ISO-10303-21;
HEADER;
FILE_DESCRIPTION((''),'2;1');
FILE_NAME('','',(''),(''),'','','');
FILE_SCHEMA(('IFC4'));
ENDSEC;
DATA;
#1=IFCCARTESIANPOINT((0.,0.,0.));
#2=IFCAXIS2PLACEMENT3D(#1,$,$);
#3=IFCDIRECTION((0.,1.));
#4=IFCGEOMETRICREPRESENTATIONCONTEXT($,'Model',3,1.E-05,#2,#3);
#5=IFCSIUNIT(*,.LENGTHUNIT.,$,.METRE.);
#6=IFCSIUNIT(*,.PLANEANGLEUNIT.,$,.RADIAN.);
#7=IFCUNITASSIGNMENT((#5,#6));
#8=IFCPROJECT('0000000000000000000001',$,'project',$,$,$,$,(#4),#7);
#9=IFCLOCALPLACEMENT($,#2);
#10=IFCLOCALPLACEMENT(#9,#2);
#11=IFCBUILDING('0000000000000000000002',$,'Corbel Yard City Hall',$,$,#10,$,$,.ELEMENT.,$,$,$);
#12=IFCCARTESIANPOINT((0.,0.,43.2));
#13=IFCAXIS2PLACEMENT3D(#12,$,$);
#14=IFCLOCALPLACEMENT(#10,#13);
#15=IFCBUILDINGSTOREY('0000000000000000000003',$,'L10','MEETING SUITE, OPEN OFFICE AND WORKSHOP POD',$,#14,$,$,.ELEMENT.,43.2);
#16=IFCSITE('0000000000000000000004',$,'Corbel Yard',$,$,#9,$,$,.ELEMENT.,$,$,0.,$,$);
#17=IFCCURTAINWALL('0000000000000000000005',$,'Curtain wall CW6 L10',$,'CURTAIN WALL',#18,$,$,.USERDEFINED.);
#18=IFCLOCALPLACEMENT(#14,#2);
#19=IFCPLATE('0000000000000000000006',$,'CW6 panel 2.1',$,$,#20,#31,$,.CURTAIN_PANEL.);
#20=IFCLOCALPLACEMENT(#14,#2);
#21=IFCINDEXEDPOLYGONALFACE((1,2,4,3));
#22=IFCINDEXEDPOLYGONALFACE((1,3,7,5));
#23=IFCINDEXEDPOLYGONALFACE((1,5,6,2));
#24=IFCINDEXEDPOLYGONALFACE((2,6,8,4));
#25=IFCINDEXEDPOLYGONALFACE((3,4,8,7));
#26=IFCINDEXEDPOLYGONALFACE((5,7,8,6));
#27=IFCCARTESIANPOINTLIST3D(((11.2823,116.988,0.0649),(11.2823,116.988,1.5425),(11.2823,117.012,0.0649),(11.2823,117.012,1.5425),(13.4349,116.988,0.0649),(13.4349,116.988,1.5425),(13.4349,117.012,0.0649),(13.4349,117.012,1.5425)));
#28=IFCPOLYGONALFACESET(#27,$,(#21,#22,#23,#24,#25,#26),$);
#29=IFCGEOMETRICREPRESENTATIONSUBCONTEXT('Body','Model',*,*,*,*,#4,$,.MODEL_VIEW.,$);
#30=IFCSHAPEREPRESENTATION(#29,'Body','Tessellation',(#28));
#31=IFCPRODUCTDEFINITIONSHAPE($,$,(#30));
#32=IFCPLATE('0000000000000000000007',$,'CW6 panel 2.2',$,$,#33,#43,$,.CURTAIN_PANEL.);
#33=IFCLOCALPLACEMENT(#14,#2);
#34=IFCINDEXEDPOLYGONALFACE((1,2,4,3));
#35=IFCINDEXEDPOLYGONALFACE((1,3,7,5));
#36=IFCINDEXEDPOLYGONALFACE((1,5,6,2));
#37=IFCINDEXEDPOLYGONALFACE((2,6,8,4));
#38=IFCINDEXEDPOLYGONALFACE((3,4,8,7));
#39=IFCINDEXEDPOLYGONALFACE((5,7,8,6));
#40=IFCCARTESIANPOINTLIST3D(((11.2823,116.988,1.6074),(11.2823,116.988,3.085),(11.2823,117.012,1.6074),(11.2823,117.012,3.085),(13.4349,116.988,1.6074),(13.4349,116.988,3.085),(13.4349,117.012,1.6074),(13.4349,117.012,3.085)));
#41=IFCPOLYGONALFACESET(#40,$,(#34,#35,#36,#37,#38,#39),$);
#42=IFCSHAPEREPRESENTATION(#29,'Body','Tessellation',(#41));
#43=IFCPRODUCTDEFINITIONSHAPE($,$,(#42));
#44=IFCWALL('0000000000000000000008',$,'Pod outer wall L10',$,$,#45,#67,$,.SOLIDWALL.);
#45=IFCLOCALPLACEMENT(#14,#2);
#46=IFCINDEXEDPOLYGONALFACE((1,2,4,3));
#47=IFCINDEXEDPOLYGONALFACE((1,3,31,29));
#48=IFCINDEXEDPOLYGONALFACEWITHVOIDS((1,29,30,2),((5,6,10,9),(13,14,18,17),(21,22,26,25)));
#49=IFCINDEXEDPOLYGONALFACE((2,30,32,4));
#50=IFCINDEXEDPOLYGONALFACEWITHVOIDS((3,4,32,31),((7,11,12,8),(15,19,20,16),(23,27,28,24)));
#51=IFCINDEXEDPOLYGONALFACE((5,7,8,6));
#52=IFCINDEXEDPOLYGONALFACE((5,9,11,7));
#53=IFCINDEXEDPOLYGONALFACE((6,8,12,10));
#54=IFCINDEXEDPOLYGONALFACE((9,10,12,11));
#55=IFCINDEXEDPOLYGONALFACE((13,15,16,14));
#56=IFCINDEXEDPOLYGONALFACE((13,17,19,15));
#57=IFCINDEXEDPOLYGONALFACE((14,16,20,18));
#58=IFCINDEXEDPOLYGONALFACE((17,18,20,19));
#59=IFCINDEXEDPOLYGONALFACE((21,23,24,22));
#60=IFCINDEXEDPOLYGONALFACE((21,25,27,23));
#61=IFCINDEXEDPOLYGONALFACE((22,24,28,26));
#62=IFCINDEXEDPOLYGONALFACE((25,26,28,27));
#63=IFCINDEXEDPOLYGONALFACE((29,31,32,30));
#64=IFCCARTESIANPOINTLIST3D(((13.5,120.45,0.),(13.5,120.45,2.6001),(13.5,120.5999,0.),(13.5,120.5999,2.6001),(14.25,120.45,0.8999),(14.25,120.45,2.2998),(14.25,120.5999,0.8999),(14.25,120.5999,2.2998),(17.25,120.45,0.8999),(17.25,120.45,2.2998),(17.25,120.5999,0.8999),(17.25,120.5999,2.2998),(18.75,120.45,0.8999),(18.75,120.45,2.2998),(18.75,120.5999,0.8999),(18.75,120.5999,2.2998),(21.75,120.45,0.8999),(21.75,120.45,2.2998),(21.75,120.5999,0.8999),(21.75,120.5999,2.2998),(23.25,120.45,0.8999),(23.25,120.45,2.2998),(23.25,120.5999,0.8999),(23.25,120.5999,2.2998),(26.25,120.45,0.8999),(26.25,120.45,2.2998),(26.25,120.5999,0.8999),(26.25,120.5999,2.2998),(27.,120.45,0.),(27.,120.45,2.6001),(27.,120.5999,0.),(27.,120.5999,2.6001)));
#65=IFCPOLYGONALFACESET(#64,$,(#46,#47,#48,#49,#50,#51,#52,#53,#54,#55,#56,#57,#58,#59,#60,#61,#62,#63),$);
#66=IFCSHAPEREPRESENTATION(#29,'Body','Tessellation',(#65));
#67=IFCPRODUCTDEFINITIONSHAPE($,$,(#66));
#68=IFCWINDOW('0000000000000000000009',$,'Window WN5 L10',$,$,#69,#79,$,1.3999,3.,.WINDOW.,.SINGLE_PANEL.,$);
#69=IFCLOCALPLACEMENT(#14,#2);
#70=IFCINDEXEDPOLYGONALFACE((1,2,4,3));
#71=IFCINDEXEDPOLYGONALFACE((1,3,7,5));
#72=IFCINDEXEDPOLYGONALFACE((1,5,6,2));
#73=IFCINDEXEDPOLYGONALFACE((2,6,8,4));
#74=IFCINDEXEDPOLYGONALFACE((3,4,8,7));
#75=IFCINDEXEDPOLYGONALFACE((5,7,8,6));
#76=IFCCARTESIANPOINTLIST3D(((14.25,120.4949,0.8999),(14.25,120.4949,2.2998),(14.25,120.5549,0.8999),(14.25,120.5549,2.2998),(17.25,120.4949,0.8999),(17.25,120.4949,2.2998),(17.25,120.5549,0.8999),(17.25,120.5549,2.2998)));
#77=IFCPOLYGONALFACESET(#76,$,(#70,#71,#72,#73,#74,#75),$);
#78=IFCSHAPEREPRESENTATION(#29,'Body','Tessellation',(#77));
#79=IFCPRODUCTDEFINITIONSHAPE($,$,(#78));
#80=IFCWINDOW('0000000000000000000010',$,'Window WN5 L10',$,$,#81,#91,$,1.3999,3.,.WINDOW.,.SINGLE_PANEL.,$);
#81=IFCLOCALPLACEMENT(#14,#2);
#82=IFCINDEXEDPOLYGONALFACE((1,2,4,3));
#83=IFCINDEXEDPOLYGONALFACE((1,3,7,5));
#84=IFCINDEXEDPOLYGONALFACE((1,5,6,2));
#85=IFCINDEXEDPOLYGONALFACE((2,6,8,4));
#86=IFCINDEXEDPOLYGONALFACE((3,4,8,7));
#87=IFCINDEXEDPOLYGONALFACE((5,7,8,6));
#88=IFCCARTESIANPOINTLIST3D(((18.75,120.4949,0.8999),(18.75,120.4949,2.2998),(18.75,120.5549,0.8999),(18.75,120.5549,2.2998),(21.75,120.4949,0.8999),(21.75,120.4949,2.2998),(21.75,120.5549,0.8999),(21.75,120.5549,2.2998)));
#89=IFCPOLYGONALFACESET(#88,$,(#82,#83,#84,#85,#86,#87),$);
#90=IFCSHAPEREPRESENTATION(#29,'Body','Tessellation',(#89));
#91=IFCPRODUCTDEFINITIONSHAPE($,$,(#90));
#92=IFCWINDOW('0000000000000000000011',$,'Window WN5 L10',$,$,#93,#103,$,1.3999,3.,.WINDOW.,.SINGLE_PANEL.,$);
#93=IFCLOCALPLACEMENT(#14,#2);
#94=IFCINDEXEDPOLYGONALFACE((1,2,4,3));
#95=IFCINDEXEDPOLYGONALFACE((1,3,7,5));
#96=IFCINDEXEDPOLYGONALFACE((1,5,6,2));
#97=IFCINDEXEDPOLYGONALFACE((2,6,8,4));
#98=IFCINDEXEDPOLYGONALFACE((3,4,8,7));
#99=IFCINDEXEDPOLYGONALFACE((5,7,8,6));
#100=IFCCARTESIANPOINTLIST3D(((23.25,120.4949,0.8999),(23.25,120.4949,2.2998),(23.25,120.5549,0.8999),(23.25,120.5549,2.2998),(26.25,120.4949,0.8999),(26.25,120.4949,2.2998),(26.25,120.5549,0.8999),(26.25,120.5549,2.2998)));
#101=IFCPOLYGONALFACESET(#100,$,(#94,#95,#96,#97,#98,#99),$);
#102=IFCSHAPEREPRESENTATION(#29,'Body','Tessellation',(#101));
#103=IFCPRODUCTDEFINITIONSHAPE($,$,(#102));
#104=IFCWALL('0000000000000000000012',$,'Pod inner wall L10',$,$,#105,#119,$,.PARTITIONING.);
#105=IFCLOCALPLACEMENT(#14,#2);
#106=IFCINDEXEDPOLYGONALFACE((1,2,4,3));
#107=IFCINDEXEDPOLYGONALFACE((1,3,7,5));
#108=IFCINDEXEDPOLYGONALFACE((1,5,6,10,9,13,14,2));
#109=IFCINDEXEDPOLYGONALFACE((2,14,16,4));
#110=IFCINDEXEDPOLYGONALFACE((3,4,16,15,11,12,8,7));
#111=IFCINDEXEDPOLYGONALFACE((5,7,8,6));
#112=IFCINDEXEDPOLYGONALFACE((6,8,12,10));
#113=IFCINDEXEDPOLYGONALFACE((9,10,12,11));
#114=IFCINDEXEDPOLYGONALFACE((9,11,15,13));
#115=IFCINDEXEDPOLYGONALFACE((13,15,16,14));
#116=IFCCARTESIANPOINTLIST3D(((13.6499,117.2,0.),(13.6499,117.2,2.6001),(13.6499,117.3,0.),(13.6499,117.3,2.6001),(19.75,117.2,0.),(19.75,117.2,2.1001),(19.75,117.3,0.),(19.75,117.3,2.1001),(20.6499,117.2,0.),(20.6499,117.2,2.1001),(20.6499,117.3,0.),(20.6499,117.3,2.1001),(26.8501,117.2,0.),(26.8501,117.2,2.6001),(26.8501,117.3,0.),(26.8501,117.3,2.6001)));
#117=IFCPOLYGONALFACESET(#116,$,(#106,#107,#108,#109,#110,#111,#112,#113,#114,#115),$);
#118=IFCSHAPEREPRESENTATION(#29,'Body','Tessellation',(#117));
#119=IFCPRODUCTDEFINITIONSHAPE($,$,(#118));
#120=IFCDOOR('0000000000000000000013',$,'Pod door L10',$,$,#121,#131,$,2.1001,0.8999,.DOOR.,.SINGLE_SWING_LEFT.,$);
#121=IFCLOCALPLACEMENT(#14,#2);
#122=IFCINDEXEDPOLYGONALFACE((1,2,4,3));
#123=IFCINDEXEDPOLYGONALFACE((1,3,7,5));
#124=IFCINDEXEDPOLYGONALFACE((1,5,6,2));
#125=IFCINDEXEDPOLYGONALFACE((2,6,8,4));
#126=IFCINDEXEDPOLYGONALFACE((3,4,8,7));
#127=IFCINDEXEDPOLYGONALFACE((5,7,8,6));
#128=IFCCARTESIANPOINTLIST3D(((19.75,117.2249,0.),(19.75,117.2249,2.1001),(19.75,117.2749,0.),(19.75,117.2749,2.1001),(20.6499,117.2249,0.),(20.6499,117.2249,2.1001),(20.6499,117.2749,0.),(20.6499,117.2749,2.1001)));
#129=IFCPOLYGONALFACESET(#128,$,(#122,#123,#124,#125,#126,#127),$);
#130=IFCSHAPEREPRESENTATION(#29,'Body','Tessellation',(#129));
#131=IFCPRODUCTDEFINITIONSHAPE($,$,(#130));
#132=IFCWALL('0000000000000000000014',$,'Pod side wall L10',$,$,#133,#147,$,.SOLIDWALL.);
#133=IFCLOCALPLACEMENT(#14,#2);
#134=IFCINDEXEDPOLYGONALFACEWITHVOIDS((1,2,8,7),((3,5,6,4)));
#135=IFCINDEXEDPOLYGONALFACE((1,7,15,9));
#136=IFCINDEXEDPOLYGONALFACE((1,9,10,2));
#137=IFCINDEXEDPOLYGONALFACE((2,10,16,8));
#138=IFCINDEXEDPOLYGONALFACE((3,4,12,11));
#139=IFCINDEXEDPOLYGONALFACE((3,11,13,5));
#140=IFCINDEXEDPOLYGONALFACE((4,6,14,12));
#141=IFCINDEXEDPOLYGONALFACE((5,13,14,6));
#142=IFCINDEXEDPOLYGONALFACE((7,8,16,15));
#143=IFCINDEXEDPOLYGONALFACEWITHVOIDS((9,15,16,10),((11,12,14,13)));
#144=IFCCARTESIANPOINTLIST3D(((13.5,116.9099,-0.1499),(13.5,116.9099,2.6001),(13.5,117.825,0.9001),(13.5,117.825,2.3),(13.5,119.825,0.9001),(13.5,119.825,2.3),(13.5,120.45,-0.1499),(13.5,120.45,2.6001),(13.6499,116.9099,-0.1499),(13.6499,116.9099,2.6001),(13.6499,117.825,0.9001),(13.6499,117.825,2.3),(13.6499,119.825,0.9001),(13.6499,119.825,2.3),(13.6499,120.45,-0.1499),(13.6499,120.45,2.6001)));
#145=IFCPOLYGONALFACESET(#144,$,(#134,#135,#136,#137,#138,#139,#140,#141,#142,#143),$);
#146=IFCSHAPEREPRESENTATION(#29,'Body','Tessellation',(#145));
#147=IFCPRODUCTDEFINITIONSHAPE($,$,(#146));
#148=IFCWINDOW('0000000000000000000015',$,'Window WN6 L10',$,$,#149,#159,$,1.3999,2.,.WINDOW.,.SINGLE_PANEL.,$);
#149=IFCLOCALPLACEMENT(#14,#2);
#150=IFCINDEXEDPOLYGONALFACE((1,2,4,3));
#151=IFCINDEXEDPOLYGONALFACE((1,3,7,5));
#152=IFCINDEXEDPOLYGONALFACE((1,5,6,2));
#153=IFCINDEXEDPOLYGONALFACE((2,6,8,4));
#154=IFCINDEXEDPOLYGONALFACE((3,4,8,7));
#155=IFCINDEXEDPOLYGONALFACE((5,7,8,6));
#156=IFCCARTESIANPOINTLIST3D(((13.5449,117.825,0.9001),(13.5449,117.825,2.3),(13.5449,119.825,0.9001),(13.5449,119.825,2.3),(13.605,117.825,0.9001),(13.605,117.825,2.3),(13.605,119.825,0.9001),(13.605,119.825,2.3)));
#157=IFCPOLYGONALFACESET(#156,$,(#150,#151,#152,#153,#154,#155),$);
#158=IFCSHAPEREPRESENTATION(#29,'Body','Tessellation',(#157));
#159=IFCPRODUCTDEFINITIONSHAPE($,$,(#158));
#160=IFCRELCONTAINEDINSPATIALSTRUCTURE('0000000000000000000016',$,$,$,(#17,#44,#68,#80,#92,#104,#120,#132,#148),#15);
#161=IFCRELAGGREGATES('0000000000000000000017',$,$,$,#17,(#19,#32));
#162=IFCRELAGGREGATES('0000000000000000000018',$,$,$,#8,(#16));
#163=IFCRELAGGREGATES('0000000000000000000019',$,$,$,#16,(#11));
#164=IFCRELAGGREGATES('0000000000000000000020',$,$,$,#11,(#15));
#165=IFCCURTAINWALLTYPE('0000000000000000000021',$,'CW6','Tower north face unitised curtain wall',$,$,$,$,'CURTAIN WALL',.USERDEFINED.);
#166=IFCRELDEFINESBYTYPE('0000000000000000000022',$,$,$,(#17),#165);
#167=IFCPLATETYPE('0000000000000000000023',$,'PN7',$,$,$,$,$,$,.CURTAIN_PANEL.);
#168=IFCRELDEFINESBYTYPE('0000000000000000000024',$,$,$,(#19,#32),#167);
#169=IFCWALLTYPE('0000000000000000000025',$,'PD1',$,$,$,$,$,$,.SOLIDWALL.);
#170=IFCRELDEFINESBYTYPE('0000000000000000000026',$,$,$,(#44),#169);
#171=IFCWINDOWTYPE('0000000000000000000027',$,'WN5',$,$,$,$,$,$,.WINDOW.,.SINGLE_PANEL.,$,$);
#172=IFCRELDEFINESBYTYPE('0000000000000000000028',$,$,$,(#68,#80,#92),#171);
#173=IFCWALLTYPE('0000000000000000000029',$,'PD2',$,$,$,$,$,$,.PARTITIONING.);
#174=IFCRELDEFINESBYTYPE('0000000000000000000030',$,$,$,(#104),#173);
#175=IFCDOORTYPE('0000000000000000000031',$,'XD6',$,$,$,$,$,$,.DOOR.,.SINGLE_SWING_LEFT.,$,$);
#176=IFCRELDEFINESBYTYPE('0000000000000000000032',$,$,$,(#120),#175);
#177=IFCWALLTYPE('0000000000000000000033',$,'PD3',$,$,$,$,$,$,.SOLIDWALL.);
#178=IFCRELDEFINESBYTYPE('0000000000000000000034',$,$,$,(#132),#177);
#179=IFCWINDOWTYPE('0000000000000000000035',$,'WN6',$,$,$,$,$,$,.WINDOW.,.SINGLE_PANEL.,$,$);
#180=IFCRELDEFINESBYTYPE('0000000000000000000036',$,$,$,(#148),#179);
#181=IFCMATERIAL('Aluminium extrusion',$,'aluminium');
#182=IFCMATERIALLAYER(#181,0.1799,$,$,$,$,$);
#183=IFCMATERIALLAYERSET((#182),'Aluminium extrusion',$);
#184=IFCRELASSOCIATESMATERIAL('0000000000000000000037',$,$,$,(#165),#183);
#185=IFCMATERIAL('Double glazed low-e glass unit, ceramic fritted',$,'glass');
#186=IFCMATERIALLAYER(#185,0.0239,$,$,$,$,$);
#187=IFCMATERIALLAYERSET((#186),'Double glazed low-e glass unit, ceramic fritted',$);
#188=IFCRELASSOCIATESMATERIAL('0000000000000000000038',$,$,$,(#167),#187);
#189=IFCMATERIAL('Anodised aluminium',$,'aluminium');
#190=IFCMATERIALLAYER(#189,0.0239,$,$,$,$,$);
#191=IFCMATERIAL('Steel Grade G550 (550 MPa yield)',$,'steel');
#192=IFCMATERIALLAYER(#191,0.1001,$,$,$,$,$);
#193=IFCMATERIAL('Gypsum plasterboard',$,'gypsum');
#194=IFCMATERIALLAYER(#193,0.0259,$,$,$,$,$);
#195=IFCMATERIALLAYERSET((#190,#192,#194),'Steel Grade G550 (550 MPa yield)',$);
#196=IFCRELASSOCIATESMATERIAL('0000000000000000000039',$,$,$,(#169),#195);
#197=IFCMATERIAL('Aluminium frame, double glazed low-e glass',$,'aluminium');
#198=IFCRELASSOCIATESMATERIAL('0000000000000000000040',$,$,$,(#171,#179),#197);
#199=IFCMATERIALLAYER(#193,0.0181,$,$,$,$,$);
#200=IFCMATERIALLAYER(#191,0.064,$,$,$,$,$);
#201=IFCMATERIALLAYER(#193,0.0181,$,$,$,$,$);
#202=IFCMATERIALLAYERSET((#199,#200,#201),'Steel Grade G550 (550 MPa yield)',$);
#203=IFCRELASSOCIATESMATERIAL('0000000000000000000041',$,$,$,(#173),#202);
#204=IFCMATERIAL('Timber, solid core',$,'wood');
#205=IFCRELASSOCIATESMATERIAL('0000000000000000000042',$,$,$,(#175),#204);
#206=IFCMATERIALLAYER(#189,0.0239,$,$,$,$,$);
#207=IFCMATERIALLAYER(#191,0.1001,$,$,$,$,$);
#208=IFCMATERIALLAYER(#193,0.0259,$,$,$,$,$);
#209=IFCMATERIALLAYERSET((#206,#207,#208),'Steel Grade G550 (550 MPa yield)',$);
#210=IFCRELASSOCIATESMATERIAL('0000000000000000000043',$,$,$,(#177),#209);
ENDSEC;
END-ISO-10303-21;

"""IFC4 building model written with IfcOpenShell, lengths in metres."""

from ifc_helpers import new_model, si_unit, direction, frame, frame_2d, origin, origin_2d, place, context, subcontext, project, spatial, rectangle, extrude, material, layer, layer_set, type_object, element, fill, aggregate, save


model = new_model("IFC4")

# Units and contexts
model_context = context("Model", 3, precision=1e-05, world=origin(), true_north=direction((0.0, 1.0)))
body_context = subcontext(model_context, "Body", "Model", "MODEL_VIEW")
ifc_project = project(units=[si_unit("LENGTHUNIT", "METRE"), si_unit("PLANEANGLEUNIT", "RADIAN")], contexts=[model_context])

# Site, building, storey
site_placement = place(None, origin())
site = spatial("IfcSite", under=ifc_project, at=site_placement, Name="Corbel Yard", CompositionType="ELEMENT", RefElevation=0.0)
building_placement = place(site_placement, origin())
building = spatial("IfcBuilding", under=site, at=building_placement, Name="Corbel Yard City Hall", CompositionType="ELEMENT")
storey_placement = place(building_placement, frame((0.0, 0.0, 43.2)))
storey = spatial("IfcBuildingStorey", under=building, at=storey_placement, Name="L10", Description="MEETING SUITE, OPEN OFFICE AND WORKSHOP POD", CompositionType="ELEMENT", Elevation=43.2)

# Curtain wall
ifc_material_1 = material(Name="Aluminium extrusion", Category="aluminium")
ifc_layer_1 = layer(ifc_material_1, 0.1799)
ifc_layer_set_1 = layer_set([ifc_layer_1], Name="Aluminium extrusion")
curtain_wall_type = type_object("IfcCurtainWallType", Name="CW6", Description="Tower north face unitised curtain wall", ElementType="CURTAIN WALL", PredefinedType="USERDEFINED", material=ifc_layer_set_1)
curtain_wall_placement = place(storey_placement, origin())
curtain_wall = element("IfcCurtainWall", 1, at=curtain_wall_placement, inside=storey, type_object=curtain_wall_type, Name="Curtain wall CW6 L10", ObjectType="CURTAIN WALL", PredefinedType="USERDEFINED")

# Plates
ifc_material_2 = material(Name="Double glazed low-e glass unit, ceramic fritted", Category="glass")
ifc_layer_2 = layer(ifc_material_2, 0.0239)
ifc_layer_set_2 = layer_set([ifc_layer_2], Name="Double glazed low-e glass unit, ceramic fritted")
plate_type_1 = type_object("IfcPlateType", Name="PN7", PredefinedType="CURTAIN_PANEL", material=ifc_layer_set_2)
plate_1_placement = place(storey_placement, frame((12.3586, 117.0, 0.0649), z_axis=(0.0, 0.0, 1.0), x_axis=(1.0, 0.0, 0.0)))
plate_1 = element("IfcPlate", 2, at=plate_1_placement, type_object=plate_type_1, Name="CW6 panel 2.1", PredefinedType="CURTAIN_PANEL", context=body_context, shape_type="SweptSolid", body=[
    extrude(rectangle(XDim=2.1526, YDim=0.0239, at=origin_2d()), origin(), (0.0, 0.0, 1.0), 1.4775),
])
plate_2_placement = place(storey_placement, frame((12.3586, 117.0, 1.6074), z_axis=(0.0, 0.0, 1.0), x_axis=(1.0, 0.0, 0.0)))
plate_2 = element("IfcPlate", 3, at=plate_2_placement, type_object=plate_type_1, Name="CW6 panel 2.2", PredefinedType="CURTAIN_PANEL", context=body_context, shape_type="SweptSolid", body=[
    extrude(rectangle(XDim=2.1526, YDim=0.0239, at=origin_2d()), origin(), (0.0, 0.0, 1.0), 1.4775),
])
aggregate(curtain_wall, [plate_1, plate_2])

# Wall, openings, windows
ifc_material_3 = material(Name="Anodised aluminium", Category="aluminium")
ifc_layer_3 = layer(ifc_material_3, 0.0239)
ifc_material_4 = material(Name="Steel Grade G550 (550 MPa yield)", Category="steel")
ifc_layer_4 = layer(ifc_material_4, 0.1001)
ifc_material_5 = material(Name="Gypsum plasterboard", Category="gypsum")
ifc_layer_5 = layer(ifc_material_5, 0.0259)
ifc_layer_set_3 = layer_set([ifc_layer_3, ifc_layer_4, ifc_layer_5], Name="Steel Grade G550 (550 MPa yield)")
wall_type_1 = type_object("IfcWallType", Name="PD1", PredefinedType="SOLIDWALL", material=ifc_layer_set_3)
wall_1_placement = place(storey_placement, frame((13.5, 120.5249, 0.0), z_axis=(0.0, 0.0, 1.0), x_axis=(1.0, 0.0, 0.0)))
wall_1 = element("IfcWall", 4, at=wall_1_placement, inside=storey, type_object=wall_type_1, Name="Pod outer wall L10", PredefinedType="SOLIDWALL", context=body_context, shape_type="SweptSolid", body=[
    extrude(rectangle(XDim=13.5, YDim=0.1499, at=frame_2d((6.75, 0.0))), origin(), (0.0, 0.0, 1.0), 2.6001),
])
opening_1_placement = place(wall_1_placement, frame((0.75, 0.0, 0.8999)))
opening_1 = element("IfcOpeningElement", 5, at=opening_1_placement, cuts=wall_1, PredefinedType="OPENING", context=body_context, shape_type="SweptSolid", body=[
    extrude(rectangle(XDim=3.0, YDim=1.3999, at=frame_2d((1.5, 0.7))), frame((0.0, 0.085, 0.0), z_axis=(0.0, -1.0, 0.0), x_axis=(1.0, 0.0, 0.0)), (0.0, 0.0, 1.0), 0.1699),
])
opening_2_placement = place(wall_1_placement, frame((5.25, 0.0, 0.8999)))
opening_2 = element("IfcOpeningElement", 6, at=opening_2_placement, cuts=wall_1, PredefinedType="OPENING", context=body_context, shape_type="SweptSolid", body=[
    extrude(rectangle(XDim=3.0, YDim=1.3999, at=frame_2d((1.5, 0.7))), frame((0.0, 0.085, 0.0), z_axis=(0.0, -1.0, 0.0), x_axis=(1.0, 0.0, 0.0)), (0.0, 0.0, 1.0), 0.1699),
])
opening_3_placement = place(wall_1_placement, frame((9.75, 0.0, 0.8999)))
opening_3 = element("IfcOpeningElement", 7, at=opening_3_placement, cuts=wall_1, PredefinedType="OPENING", context=body_context, shape_type="SweptSolid", body=[
    extrude(rectangle(XDim=3.0, YDim=1.3999, at=frame_2d((1.5, 0.7))), frame((0.0, 0.085, 0.0), z_axis=(0.0, -1.0, 0.0), x_axis=(1.0, 0.0, 0.0)), (0.0, 0.0, 1.0), 0.1699),
])
ifc_material_6 = material(Name="Aluminium frame, double glazed low-e glass", Category="aluminium")
window_type_1 = type_object("IfcWindowType", Name="WN5", PartitioningType="SINGLE_PANEL", PredefinedType="WINDOW", material=ifc_material_6)
window_1_placement = place(opening_1_placement, origin())
window_1 = element("IfcWindow", 8, at=window_1_placement, inside=storey, type_object=window_type_1, Name="Window WN5 L10", OverallHeight=1.3999, OverallWidth=3.0, PartitioningType="SINGLE_PANEL", PredefinedType="WINDOW", context=body_context, shape_type="SweptSolid", body=[
    extrude(rectangle(XDim=3.0, YDim=1.3999, at=frame_2d((1.5, 0.7))), frame((0.0, 0.03, 0.0), z_axis=(0.0, -1.0, 0.0), x_axis=(1.0, 0.0, 0.0)), (0.0, 0.0, 1.0), 0.0601),
])
fill(opening_1, window_1)
window_2_placement = place(opening_2_placement, origin())
window_2 = element("IfcWindow", 9, at=window_2_placement, inside=storey, type_object=window_type_1, Name="Window WN5 L10", OverallHeight=1.3999, OverallWidth=3.0, PartitioningType="SINGLE_PANEL", PredefinedType="WINDOW", context=body_context, shape_type="SweptSolid", body=[
    extrude(rectangle(XDim=3.0, YDim=1.3999, at=frame_2d((1.5, 0.7))), frame((0.0, 0.03, 0.0), z_axis=(0.0, -1.0, 0.0), x_axis=(1.0, 0.0, 0.0)), (0.0, 0.0, 1.0), 0.0601),
])
fill(opening_2, window_2)
window_3_placement = place(opening_3_placement, origin())
window_3 = element("IfcWindow", 10, at=window_3_placement, inside=storey, type_object=window_type_1, Name="Window WN5 L10", OverallHeight=1.3999, OverallWidth=3.0, PartitioningType="SINGLE_PANEL", PredefinedType="WINDOW", context=body_context, shape_type="SweptSolid", body=[
    extrude(rectangle(XDim=3.0, YDim=1.3999, at=frame_2d((1.5, 0.7))), frame((0.0, 0.03, 0.0), z_axis=(0.0, -1.0, 0.0), x_axis=(1.0, 0.0, 0.0)), (0.0, 0.0, 1.0), 0.0601),
])
fill(opening_3, window_3)

# Wall, opening, door
ifc_layer_6 = layer(ifc_material_5, 0.0181)
ifc_layer_7 = layer(ifc_material_4, 0.064)
ifc_layer_8 = layer(ifc_material_5, 0.0181)
ifc_layer_set_4 = layer_set([ifc_layer_6, ifc_layer_7, ifc_layer_8], Name="Steel Grade G550 (550 MPa yield)")
wall_type_2 = type_object("IfcWallType", Name="PD2", PredefinedType="PARTITIONING", material=ifc_layer_set_4)
wall_2_placement = place(storey_placement, frame((13.6499, 117.25, 0.0), z_axis=(0.0, 0.0, 1.0), x_axis=(1.0, 0.0, 0.0)))
wall_2 = element("IfcWall", 11, at=wall_2_placement, inside=storey, type_object=wall_type_2, Name="Pod inner wall L10", PredefinedType="PARTITIONING", context=body_context, shape_type="SweptSolid", body=[
    extrude(rectangle(XDim=13.2002, YDim=0.1001, at=frame_2d((6.6001, 0.0))), origin(), (0.0, 0.0, 1.0), 2.6001),
])
opening_4_placement = place(wall_2_placement, frame((6.1001, 0.0, 0.0)))
opening_4 = element("IfcOpeningElement", 12, at=opening_4_placement, cuts=wall_2, PredefinedType="OPENING", context=body_context, shape_type="SweptSolid", body=[
    extrude(rectangle(XDim=0.8999, YDim=2.1001, at=frame_2d((0.45, 1.05))), frame((0.0, 0.0601, 0.0), z_axis=(0.0, -1.0, 0.0), x_axis=(1.0, 0.0, 0.0)), (0.0, 0.0, 1.0), 0.1201),
])
ifc_material_7 = material(Name="Timber, solid core", Category="wood")
door_type_1 = type_object("IfcDoorType", Name="XD6", OperationType="SINGLE_SWING_LEFT", PredefinedType="DOOR", material=ifc_material_7)
door_1_placement = place(opening_4_placement, origin())
door_1 = element("IfcDoor", 13, at=door_1_placement, inside=storey, type_object=door_type_1, Name="Pod door L10", OperationType="SINGLE_SWING_LEFT", OverallHeight=2.1001, OverallWidth=0.8999, PredefinedType="DOOR", context=body_context, shape_type="SweptSolid", body=[
    extrude(rectangle(XDim=0.8999, YDim=2.1001, at=frame_2d((0.45, 1.05))), frame((0.0, 0.0249, 0.0), z_axis=(0.0, -1.0, 0.0), x_axis=(1.0, 0.0, 0.0)), (0.0, 0.0, 1.0), 0.05),
])
fill(opening_4, door_1)

# Wall, opening, window
ifc_layer_9 = layer(ifc_material_3, 0.0239)
ifc_layer_10 = layer(ifc_material_4, 0.1001)
ifc_layer_11 = layer(ifc_material_5, 0.0259)
ifc_layer_set_5 = layer_set([ifc_layer_9, ifc_layer_10, ifc_layer_11], Name="Steel Grade G550 (550 MPa yield)")
wall_type_3 = type_object("IfcWallType", Name="PD3", PredefinedType="SOLIDWALL", material=ifc_layer_set_5)
wall_3_placement = place(storey_placement, frame((13.575, 120.45, -0.1499), z_axis=(0.0, 0.0, 1.0), x_axis=(0.0, -1.0, 0.0)))
wall_3 = element("IfcWall", 14, at=wall_3_placement, inside=storey, type_object=wall_type_3, Name="Pod side wall L10", PredefinedType="SOLIDWALL", context=body_context, shape_type="SweptSolid", body=[
    extrude(rectangle(XDim=3.54, YDim=0.1499, at=frame_2d((1.77, 0.0))), origin(), (0.0, 0.0, 1.0), 2.75),
])
opening_5_placement = place(wall_3_placement, frame((0.625, 0.0, 1.05)))
opening_5 = element("IfcOpeningElement", 15, at=opening_5_placement, cuts=wall_3, PredefinedType="OPENING", context=body_context, shape_type="SweptSolid", body=[
    extrude(rectangle(XDim=2.0, YDim=1.3999, at=frame_2d((1.0, 0.7))), frame((0.0, 0.085, 0.0), z_axis=(0.0, -1.0, 0.0), x_axis=(1.0, 0.0, 0.0)), (0.0, 0.0, 1.0), 0.1699),
])
window_type_2 = type_object("IfcWindowType", Name="WN6", PartitioningType="SINGLE_PANEL", PredefinedType="WINDOW", material=ifc_material_6)
window_4_placement = place(opening_5_placement, origin())
window_4 = element("IfcWindow", 16, at=window_4_placement, inside=storey, type_object=window_type_2, Name="Window WN6 L10", OverallHeight=1.3999, OverallWidth=2.0, PartitioningType="SINGLE_PANEL", PredefinedType="WINDOW", context=body_context, shape_type="SweptSolid", body=[
    extrude(rectangle(XDim=2.0, YDim=1.3999, at=frame_2d((1.0, 0.7))), frame((0.0, 0.03, 0.0), z_axis=(0.0, -1.0, 0.0), x_axis=(1.0, 0.0, 0.0)), (0.0, 0.0, 1.0), 0.0601),
])
fill(opening_5, window_4)

save(model, "model.ifc")
